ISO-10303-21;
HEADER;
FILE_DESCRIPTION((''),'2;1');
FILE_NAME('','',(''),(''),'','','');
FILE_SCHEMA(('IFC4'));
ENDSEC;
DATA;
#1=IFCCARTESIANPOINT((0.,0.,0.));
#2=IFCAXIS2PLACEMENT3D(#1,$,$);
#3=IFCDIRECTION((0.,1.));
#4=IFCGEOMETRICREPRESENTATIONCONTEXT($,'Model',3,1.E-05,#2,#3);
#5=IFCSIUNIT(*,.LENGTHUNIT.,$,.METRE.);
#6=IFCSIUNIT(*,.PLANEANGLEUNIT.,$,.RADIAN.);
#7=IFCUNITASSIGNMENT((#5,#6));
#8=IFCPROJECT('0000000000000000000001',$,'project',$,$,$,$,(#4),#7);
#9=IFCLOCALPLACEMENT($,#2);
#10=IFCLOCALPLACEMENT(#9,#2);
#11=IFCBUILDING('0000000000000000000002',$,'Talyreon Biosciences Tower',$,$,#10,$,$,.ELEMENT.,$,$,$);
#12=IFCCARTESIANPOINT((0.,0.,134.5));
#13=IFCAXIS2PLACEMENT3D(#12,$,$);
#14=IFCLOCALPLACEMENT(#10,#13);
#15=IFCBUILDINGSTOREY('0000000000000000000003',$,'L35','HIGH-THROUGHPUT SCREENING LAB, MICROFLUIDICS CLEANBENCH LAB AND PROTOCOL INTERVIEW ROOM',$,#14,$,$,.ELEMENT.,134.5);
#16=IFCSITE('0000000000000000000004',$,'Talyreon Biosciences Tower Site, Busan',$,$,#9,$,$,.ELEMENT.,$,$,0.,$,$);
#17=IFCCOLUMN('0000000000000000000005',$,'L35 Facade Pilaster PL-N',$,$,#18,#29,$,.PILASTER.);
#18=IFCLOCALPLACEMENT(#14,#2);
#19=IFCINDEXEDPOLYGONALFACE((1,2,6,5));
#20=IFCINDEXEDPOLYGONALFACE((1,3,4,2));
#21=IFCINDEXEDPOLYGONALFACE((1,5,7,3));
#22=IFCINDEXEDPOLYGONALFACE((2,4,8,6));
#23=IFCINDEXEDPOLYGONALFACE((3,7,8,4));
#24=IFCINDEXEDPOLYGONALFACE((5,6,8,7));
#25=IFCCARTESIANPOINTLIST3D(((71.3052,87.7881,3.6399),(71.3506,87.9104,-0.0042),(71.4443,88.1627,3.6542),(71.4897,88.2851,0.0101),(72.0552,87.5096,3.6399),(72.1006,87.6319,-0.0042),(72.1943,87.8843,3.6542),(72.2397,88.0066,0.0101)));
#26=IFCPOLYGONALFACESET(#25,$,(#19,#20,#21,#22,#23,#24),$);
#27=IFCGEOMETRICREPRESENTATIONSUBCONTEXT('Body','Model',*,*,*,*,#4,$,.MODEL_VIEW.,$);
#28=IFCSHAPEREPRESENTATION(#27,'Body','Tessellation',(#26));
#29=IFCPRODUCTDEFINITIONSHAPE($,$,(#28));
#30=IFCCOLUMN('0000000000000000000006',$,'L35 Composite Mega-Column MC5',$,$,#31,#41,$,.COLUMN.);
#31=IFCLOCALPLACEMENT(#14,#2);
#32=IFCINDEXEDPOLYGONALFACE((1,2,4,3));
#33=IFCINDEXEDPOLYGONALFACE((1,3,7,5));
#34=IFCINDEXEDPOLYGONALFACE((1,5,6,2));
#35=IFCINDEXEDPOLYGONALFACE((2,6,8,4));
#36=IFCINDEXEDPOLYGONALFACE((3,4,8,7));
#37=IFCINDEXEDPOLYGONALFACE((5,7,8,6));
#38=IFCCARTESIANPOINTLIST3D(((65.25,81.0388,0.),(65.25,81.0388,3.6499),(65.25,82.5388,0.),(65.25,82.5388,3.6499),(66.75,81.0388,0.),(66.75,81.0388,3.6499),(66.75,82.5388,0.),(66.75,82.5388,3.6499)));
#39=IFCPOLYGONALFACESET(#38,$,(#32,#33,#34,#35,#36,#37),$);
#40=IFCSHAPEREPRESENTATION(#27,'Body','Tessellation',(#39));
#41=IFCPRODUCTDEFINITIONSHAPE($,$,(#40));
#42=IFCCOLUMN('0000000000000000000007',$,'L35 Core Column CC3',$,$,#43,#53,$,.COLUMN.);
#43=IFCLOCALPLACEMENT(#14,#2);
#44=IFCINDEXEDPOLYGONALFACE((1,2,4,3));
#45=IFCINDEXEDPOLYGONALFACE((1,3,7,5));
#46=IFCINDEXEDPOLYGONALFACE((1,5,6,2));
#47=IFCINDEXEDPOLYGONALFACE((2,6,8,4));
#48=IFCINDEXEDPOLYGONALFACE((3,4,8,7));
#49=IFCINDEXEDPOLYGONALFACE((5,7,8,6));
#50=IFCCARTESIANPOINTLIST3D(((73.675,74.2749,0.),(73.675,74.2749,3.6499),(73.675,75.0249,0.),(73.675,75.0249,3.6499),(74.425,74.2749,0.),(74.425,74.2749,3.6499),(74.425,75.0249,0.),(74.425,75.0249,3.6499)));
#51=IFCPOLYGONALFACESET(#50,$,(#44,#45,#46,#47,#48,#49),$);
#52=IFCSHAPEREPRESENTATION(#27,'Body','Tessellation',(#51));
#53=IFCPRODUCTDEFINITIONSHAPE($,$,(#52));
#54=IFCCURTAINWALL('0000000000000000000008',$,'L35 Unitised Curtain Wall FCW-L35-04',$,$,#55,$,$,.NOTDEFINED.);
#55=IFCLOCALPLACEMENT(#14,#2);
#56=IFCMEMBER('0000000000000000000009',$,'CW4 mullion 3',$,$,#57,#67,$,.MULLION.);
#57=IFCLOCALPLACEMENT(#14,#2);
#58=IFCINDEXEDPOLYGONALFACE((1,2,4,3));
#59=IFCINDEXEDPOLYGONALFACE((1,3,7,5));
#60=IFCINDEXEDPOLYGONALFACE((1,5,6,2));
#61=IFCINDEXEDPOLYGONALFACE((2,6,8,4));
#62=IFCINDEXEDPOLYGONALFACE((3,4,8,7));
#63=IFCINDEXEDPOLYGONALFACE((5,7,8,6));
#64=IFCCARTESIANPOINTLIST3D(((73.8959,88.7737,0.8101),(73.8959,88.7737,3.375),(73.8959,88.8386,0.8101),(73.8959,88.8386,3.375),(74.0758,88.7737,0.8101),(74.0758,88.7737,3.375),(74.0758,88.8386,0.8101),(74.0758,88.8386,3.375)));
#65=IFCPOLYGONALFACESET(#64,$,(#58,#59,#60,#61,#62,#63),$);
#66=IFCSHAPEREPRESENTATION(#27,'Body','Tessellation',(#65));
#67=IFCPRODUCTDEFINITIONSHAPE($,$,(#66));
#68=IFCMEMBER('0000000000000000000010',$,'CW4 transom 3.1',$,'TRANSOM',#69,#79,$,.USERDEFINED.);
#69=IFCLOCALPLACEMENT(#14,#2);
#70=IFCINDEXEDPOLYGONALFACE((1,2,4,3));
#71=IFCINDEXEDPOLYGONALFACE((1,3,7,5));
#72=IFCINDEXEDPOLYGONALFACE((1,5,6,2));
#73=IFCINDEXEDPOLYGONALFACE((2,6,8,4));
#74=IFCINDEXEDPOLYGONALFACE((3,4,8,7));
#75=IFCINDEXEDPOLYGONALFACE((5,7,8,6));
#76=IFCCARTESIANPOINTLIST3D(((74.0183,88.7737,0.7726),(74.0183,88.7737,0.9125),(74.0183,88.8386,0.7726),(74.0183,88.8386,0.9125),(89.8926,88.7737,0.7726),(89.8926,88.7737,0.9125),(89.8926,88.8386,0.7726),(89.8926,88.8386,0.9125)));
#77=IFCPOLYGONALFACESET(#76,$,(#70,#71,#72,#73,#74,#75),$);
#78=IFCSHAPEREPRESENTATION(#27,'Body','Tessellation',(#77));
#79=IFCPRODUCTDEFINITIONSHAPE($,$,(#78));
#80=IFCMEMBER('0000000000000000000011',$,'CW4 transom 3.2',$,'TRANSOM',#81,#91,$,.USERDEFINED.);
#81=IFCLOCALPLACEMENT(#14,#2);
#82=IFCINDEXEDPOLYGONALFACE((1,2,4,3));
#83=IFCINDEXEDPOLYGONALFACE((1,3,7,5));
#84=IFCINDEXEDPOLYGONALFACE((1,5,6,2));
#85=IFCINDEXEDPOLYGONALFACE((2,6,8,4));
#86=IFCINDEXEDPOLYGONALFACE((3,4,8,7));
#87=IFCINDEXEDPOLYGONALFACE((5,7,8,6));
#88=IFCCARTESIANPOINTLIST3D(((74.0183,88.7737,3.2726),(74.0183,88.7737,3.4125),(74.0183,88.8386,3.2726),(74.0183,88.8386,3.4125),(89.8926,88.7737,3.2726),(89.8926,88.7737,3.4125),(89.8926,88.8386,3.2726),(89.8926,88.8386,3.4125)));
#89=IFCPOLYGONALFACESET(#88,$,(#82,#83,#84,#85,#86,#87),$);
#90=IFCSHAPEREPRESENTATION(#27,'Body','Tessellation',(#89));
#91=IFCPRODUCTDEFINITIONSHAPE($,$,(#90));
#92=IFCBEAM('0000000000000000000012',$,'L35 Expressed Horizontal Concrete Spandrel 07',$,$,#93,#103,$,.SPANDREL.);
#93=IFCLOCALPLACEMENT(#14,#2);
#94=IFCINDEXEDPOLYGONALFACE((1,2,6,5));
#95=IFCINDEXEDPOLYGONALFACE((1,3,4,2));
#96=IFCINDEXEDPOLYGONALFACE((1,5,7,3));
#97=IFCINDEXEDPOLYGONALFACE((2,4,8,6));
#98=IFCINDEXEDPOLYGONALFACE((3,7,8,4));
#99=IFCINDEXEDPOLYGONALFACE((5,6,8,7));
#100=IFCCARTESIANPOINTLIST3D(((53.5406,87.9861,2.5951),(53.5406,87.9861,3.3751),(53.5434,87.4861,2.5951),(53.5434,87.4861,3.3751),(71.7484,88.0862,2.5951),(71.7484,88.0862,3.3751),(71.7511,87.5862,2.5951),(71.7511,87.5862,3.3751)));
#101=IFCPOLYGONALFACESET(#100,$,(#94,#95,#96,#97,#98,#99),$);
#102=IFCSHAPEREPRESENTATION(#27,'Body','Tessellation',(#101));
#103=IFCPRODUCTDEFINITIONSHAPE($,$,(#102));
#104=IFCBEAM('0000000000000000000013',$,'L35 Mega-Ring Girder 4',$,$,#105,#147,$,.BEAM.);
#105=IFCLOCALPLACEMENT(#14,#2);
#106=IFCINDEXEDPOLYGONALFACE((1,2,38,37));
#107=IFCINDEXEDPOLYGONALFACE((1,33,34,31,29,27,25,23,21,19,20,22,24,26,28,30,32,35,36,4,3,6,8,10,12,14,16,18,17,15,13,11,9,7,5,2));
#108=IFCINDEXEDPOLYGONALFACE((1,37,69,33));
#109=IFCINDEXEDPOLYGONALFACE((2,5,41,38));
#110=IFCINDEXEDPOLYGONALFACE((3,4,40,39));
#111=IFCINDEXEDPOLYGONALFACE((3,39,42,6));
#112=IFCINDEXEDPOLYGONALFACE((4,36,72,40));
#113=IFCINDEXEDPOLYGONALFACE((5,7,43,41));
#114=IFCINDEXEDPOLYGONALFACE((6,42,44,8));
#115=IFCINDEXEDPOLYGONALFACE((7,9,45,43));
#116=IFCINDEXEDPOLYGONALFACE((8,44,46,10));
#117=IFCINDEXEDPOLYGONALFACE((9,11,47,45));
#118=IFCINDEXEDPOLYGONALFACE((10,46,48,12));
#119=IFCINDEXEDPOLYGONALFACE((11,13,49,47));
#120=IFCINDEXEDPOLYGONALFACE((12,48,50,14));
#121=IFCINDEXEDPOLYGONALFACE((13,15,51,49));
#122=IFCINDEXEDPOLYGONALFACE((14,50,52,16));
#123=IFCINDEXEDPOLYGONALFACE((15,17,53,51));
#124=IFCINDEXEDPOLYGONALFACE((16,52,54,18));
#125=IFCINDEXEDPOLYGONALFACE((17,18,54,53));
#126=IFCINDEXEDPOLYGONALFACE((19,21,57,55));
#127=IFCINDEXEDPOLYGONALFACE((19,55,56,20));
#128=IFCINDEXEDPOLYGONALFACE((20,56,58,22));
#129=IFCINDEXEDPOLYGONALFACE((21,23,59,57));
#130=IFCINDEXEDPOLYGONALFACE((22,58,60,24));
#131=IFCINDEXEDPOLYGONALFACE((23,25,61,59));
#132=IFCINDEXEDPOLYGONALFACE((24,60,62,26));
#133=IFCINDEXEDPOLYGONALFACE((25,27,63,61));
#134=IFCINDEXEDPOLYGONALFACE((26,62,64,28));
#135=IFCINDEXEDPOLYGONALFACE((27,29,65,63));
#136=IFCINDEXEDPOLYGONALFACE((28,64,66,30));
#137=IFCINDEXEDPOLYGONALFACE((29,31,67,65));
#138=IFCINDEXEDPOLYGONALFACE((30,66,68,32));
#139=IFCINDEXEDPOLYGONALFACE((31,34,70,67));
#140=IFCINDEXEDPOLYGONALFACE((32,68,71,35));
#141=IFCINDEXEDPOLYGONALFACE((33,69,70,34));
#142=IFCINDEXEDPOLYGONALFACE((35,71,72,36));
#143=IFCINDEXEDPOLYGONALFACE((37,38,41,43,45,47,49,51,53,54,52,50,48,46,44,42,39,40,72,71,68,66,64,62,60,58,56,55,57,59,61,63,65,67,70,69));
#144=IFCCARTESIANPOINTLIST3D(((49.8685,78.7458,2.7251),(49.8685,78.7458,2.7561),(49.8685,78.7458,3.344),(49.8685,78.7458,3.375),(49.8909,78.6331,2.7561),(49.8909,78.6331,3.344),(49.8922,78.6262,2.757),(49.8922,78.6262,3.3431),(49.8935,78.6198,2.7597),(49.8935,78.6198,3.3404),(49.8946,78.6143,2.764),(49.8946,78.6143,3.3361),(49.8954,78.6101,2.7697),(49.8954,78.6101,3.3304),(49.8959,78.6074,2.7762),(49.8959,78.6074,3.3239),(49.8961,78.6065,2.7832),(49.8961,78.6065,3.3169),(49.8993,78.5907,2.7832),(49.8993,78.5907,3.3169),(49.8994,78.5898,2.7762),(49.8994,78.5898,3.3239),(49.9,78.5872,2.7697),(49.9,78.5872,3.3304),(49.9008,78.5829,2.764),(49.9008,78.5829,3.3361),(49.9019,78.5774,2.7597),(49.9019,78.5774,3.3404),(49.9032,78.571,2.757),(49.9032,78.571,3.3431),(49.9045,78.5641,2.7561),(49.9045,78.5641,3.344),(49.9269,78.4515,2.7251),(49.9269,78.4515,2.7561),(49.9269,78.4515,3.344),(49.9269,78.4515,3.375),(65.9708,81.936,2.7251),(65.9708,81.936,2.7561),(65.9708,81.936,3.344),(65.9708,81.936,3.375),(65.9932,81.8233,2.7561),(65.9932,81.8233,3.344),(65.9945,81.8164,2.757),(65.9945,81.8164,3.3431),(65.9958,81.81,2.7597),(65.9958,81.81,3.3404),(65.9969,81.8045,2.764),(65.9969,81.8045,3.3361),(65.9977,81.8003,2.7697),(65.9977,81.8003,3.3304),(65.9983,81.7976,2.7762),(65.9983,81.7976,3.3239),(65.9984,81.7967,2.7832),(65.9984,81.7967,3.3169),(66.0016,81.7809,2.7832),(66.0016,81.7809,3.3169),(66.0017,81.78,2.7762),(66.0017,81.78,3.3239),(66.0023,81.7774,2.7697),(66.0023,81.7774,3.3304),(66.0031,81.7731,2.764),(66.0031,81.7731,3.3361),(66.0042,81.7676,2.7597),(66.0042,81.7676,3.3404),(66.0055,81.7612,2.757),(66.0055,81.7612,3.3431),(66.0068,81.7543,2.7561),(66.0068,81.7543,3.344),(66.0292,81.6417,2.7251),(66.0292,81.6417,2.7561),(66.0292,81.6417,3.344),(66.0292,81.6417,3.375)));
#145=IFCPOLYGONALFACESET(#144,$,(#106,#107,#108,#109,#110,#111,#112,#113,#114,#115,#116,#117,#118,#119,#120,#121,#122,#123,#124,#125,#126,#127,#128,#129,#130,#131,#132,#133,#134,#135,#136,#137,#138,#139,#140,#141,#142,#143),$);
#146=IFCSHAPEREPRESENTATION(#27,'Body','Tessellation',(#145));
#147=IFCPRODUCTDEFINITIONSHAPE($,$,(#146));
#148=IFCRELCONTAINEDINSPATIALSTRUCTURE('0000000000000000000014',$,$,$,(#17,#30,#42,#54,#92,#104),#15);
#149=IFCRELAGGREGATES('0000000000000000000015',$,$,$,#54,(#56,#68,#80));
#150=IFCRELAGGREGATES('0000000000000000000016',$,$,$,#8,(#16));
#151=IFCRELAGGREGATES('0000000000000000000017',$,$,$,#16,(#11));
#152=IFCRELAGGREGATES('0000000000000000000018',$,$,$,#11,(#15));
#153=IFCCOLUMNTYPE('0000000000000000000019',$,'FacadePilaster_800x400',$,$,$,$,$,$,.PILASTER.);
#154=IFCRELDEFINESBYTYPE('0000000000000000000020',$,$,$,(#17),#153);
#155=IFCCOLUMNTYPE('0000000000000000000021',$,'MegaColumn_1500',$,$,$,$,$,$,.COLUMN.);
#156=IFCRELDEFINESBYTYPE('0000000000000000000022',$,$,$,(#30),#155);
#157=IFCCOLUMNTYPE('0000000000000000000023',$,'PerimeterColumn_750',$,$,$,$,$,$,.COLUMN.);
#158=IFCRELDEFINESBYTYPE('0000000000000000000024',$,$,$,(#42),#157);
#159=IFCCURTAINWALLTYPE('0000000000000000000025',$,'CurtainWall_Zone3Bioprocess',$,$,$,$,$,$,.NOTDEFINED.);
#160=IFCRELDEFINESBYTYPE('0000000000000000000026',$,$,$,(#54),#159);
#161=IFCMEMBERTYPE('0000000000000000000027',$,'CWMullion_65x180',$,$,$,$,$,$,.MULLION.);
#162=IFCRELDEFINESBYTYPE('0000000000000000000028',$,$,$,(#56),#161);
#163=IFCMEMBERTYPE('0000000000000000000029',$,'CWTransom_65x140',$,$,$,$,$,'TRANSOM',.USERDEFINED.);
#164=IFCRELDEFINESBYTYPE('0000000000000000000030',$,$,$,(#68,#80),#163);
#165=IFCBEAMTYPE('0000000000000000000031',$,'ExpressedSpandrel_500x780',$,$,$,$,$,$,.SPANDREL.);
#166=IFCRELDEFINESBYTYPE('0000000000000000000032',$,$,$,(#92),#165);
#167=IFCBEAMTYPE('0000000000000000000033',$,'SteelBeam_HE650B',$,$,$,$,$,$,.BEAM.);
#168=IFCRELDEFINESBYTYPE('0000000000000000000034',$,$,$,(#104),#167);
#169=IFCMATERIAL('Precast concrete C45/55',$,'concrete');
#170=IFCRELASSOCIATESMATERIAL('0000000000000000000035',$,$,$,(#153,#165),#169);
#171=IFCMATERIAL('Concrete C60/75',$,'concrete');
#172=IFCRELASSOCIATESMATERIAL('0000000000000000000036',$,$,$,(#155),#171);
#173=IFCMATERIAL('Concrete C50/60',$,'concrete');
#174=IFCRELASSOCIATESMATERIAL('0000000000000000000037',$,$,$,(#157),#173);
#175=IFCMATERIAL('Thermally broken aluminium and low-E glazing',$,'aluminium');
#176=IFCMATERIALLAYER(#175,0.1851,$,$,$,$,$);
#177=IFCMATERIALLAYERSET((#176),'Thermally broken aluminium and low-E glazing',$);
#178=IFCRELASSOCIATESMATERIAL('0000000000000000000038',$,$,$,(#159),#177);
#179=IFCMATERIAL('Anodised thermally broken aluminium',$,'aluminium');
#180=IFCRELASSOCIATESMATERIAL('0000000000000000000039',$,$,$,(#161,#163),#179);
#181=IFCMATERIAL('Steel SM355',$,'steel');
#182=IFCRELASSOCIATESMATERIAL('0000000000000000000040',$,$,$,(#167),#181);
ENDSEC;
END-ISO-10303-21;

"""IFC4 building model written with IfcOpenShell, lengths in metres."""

from ifc_helpers import new_model, si_unit, direction, frame, origin, origin_2d, place, context, subcontext, project, spatial, rectangle, i_section, extrude, material, layer, layer_set, material_profile, profile_set, type_object, element, aggregate, save


model = new_model("IFC4")

# Units and contexts
model_context = context("Model", 3, precision=1e-05, world=origin(), true_north=direction((0.0, 1.0)))
body_context = subcontext(model_context, "Body", "Model", "MODEL_VIEW")
ifc_project = project(units=[si_unit("LENGTHUNIT", "METRE"), si_unit("PLANEANGLEUNIT", "RADIAN")], contexts=[model_context])

# Site, building, storey
site_placement = place(None, origin())
site = spatial("IfcSite", under=ifc_project, at=site_placement, Name="Talyreon Biosciences Tower Site, Busan", CompositionType="ELEMENT", RefElevation=0.0)
building_placement = place(site_placement, origin())
building = spatial("IfcBuilding", under=site, at=building_placement, Name="Talyreon Biosciences Tower", CompositionType="ELEMENT")
storey_placement = place(building_placement, frame((0.0, 0.0, 134.5)))
storey = spatial("IfcBuildingStorey", under=building, at=storey_placement, Name="L35", Description="HIGH-THROUGHPUT SCREENING LAB, MICROFLUIDICS CLEANBENCH LAB AND PROTOCOL INTERVIEW ROOM", CompositionType="ELEMENT", Elevation=134.5)

# Columns
ifc_material_1 = material(Name="Precast concrete C45/55", Category="concrete")
ifc_material_profile_1 = material_profile(ifc_material_1, rectangle(XDim=0.8, YDim=0.3999, at=origin_2d()), Name="RC 800x400")
ifc_profile_set_1 = profile_set([ifc_material_profile_1], Name="Precast concrete C45/55")
column_type_1 = type_object("IfcColumnType", Name="FacadePilaster_800x400", PredefinedType="PILASTER", material=ifc_profile_set_1)
column_1_placement = place(storey_placement, frame((71.7952, 87.9585, 0.0029), z_axis=(-0.012453, -0.033544, 0.99936), x_axis=(-0.937478, 0.348046, 0.0)))
element("IfcColumn", 1, at=column_1_placement, inside=storey, type_object=column_type_1, Name="L35 Facade Pilaster PL-N", PredefinedType="PILASTER", context=body_context, shape_type="SweptSolid", body=[
    extrude(rectangle(XDim=0.8, YDim=0.3999, at=origin_2d()), origin(), (0.0, 0.0, 1.0), 3.6465),
])
ifc_material_2 = material(Name="Concrete C60/75", Category="concrete")
ifc_material_profile_2 = material_profile(ifc_material_2, rectangle(XDim=1.5, YDim=1.5, at=origin_2d()), Name="RC 1500x1500")
ifc_profile_set_2 = profile_set([ifc_material_profile_2], Name="Concrete C60/75")
column_type_2 = type_object("IfcColumnType", Name="MegaColumn_1500", PredefinedType="COLUMN", material=ifc_profile_set_2)
column_2_placement = place(storey_placement, frame((66.0, 81.7888, 0.0), z_axis=(0.0, 0.0, 1.0), x_axis=(1.0, 0.0, 0.0)))
element("IfcColumn", 2, at=column_2_placement, inside=storey, type_object=column_type_2, Name="L35 Composite Mega-Column MC5", PredefinedType="COLUMN", context=body_context, shape_type="SweptSolid", body=[
    extrude(rectangle(XDim=1.5, YDim=1.5, at=origin_2d()), origin(), (0.0, 0.0, 1.0), 3.6499),
])
ifc_material_3 = material(Name="Concrete C50/60", Category="concrete")
ifc_material_profile_3 = material_profile(ifc_material_3, rectangle(XDim=0.75, YDim=0.75, at=origin_2d()), Name="RC 750x750")
ifc_profile_set_3 = profile_set([ifc_material_profile_3], Name="Concrete C50/60")
column_type_3 = type_object("IfcColumnType", Name="PerimeterColumn_750", PredefinedType="COLUMN", material=ifc_profile_set_3)
column_3_placement = place(storey_placement, frame((74.05, 74.6499, 0.0), z_axis=(0.0, 0.0, 1.0), x_axis=(1.0, 0.0, 0.0)))
element("IfcColumn", 3, at=column_3_placement, inside=storey, type_object=column_type_3, Name="L35 Core Column CC3", PredefinedType="COLUMN", context=body_context, shape_type="SweptSolid", body=[
    extrude(rectangle(XDim=0.75, YDim=0.75, at=origin_2d()), origin(), (0.0, 0.0, 1.0), 3.6499),
])

# Curtain wall, members
ifc_material_4 = material(Name="Thermally broken aluminium and low-E glazing", Category="aluminium")
ifc_layer_1 = layer(ifc_material_4, 0.1851)
ifc_layer_set_1 = layer_set([ifc_layer_1], Name="Thermally broken aluminium and low-E glazing")
curtain_wall_type = type_object("IfcCurtainWallType", Name="CurtainWall_Zone3Bioprocess", PredefinedType="NOTDEFINED", material=ifc_layer_set_1)
curtain_wall_placement = place(storey_placement, origin())
curtain_wall = element("IfcCurtainWall", 4, at=curtain_wall_placement, inside=storey, type_object=curtain_wall_type, Name="L35 Unitised Curtain Wall FCW-L35-04", PredefinedType="NOTDEFINED")
ifc_material_5 = material(Name="Anodised thermally broken aluminium", Category="aluminium")
ifc_material_profile_4 = material_profile(ifc_material_5, rectangle(XDim=0.0649, YDim=0.1799, at=origin_2d()), Name="ALUM MULLION 65x180")
ifc_profile_set_4 = profile_set([ifc_material_profile_4], Name="Anodised thermally broken aluminium")
member_type_1 = type_object("IfcMemberType", Name="CWMullion_65x180", PredefinedType="MULLION", material=ifc_profile_set_4)
member_1_placement = place(storey_placement, frame((73.9858, 88.8062, 0.8101), z_axis=(0.0, 0.0, 1.0), x_axis=(0.0, 1.0, 0.0)))
member_1 = element("IfcMember", 5, at=member_1_placement, type_object=member_type_1, Name="CW4 mullion 3", PredefinedType="MULLION", context=body_context, shape_type="SweptSolid", body=[
    extrude(rectangle(XDim=0.0649, YDim=0.1799, at=origin_2d()), origin(), (0.0, 0.0, 1.0), 2.5649),
])
ifc_material_profile_5 = material_profile(ifc_material_5, rectangle(XDim=0.0649, YDim=0.1399, at=origin_2d()), Name="ALUM TRANSOM 65x140")
ifc_profile_set_5 = profile_set([ifc_material_profile_5], Name="Anodised thermally broken aluminium")
member_type_2 = type_object("IfcMemberType", Name="CWTransom_65x140", ElementType="TRANSOM", PredefinedType="USERDEFINED", material=ifc_profile_set_5)
member_2_placement = place(storey_placement, frame((74.0183, 88.8062, 0.8425), z_axis=(1.0, 0.0, 0.0), x_axis=(0.0, 1.0, 0.0)))
member_2 = element("IfcMember", 6, at=member_2_placement, type_object=member_type_2, Name="CW4 transom 3.1", ObjectType="TRANSOM", PredefinedType="USERDEFINED", context=body_context, shape_type="SweptSolid", body=[
    extrude(rectangle(XDim=0.0649, YDim=0.1399, at=origin_2d()), origin(), (0.0, 0.0, 1.0), 15.8743),
])
member_3_placement = place(storey_placement, frame((74.0183, 88.8062, 3.3425), z_axis=(1.0, 0.0, 0.0), x_axis=(0.0, 1.0, 0.0)))
member_3 = element("IfcMember", 7, at=member_3_placement, type_object=member_type_2, Name="CW4 transom 3.2", ObjectType="TRANSOM", PredefinedType="USERDEFINED", context=body_context, shape_type="SweptSolid", body=[
    extrude(rectangle(XDim=0.0649, YDim=0.1399, at=origin_2d()), origin(), (0.0, 0.0, 1.0), 15.8743),
])

# Beams
ifc_material_profile_6 = material_profile(ifc_material_1, rectangle(XDim=0.5, YDim=0.78, at=origin_2d()), Name="RCB 500x780")
ifc_profile_set_6 = profile_set([ifc_material_profile_6], Name="Precast concrete C45/55")
beam_type_1 = type_object("IfcBeamType", Name="ExpressedSpandrel_500x780", PredefinedType="SPANDREL", material=ifc_profile_set_6)
beam_1_placement = place(storey_placement, frame((71.7498, 87.8362, 2.9851), z_axis=(-0.999985, -0.005497, 0.0), x_axis=(0.005497, -0.999985, 0.0)))
element("IfcBeam", 8, at=beam_1_placement, inside=storey, type_object=beam_type_1, Name="L35 Expressed Horizontal Concrete Spandrel 07", PredefinedType="SPANDREL", context=body_context, shape_type="SweptSolid", body=[
    extrude(rectangle(XDim=0.5, YDim=0.78, at=origin_2d()), origin(), (0.0, 0.0, 1.0), 18.208),
])
ifc_material_6 = material(Name="Steel SM355", Category="steel")
ifc_material_profile_7 = material_profile(ifc_material_6, i_section(OverallWidth=0.3, OverallDepth=0.6499, WebThickness=0.0161, FlangeThickness=0.031, FilletRadius=0.0271, at=origin_2d()), Name="HE650B")
ifc_profile_set_7 = profile_set([ifc_material_profile_7], Name="Steel SM355")
beam_type_2 = type_object("IfcBeamType", Name="SteelBeam_HE650B", PredefinedType="BEAM", material=ifc_profile_set_7)
beam_2_placement = place(storey_placement, frame((66.0, 81.7888, 3.05), z_axis=(-0.980934, -0.194343, 0.0), x_axis=(0.194343, -0.980934, 0.0)))
element("IfcBeam", 9, at=beam_2_placement, inside=storey, type_object=beam_type_2, Name="L35 Mega-Ring Girder 4", PredefinedType="BEAM", context=body_context, shape_type="SweptSolid", body=[
    extrude(i_section(OverallWidth=0.3, OverallDepth=0.6499, WebThickness=0.0161, FlangeThickness=0.031, FilletRadius=0.0271, at=origin_2d()), origin(), (0.0, 0.0, 1.0), 16.4153),
])

aggregate(curtain_wall, [member_1, member_2, member_3])

save(model, "model.ifc")
